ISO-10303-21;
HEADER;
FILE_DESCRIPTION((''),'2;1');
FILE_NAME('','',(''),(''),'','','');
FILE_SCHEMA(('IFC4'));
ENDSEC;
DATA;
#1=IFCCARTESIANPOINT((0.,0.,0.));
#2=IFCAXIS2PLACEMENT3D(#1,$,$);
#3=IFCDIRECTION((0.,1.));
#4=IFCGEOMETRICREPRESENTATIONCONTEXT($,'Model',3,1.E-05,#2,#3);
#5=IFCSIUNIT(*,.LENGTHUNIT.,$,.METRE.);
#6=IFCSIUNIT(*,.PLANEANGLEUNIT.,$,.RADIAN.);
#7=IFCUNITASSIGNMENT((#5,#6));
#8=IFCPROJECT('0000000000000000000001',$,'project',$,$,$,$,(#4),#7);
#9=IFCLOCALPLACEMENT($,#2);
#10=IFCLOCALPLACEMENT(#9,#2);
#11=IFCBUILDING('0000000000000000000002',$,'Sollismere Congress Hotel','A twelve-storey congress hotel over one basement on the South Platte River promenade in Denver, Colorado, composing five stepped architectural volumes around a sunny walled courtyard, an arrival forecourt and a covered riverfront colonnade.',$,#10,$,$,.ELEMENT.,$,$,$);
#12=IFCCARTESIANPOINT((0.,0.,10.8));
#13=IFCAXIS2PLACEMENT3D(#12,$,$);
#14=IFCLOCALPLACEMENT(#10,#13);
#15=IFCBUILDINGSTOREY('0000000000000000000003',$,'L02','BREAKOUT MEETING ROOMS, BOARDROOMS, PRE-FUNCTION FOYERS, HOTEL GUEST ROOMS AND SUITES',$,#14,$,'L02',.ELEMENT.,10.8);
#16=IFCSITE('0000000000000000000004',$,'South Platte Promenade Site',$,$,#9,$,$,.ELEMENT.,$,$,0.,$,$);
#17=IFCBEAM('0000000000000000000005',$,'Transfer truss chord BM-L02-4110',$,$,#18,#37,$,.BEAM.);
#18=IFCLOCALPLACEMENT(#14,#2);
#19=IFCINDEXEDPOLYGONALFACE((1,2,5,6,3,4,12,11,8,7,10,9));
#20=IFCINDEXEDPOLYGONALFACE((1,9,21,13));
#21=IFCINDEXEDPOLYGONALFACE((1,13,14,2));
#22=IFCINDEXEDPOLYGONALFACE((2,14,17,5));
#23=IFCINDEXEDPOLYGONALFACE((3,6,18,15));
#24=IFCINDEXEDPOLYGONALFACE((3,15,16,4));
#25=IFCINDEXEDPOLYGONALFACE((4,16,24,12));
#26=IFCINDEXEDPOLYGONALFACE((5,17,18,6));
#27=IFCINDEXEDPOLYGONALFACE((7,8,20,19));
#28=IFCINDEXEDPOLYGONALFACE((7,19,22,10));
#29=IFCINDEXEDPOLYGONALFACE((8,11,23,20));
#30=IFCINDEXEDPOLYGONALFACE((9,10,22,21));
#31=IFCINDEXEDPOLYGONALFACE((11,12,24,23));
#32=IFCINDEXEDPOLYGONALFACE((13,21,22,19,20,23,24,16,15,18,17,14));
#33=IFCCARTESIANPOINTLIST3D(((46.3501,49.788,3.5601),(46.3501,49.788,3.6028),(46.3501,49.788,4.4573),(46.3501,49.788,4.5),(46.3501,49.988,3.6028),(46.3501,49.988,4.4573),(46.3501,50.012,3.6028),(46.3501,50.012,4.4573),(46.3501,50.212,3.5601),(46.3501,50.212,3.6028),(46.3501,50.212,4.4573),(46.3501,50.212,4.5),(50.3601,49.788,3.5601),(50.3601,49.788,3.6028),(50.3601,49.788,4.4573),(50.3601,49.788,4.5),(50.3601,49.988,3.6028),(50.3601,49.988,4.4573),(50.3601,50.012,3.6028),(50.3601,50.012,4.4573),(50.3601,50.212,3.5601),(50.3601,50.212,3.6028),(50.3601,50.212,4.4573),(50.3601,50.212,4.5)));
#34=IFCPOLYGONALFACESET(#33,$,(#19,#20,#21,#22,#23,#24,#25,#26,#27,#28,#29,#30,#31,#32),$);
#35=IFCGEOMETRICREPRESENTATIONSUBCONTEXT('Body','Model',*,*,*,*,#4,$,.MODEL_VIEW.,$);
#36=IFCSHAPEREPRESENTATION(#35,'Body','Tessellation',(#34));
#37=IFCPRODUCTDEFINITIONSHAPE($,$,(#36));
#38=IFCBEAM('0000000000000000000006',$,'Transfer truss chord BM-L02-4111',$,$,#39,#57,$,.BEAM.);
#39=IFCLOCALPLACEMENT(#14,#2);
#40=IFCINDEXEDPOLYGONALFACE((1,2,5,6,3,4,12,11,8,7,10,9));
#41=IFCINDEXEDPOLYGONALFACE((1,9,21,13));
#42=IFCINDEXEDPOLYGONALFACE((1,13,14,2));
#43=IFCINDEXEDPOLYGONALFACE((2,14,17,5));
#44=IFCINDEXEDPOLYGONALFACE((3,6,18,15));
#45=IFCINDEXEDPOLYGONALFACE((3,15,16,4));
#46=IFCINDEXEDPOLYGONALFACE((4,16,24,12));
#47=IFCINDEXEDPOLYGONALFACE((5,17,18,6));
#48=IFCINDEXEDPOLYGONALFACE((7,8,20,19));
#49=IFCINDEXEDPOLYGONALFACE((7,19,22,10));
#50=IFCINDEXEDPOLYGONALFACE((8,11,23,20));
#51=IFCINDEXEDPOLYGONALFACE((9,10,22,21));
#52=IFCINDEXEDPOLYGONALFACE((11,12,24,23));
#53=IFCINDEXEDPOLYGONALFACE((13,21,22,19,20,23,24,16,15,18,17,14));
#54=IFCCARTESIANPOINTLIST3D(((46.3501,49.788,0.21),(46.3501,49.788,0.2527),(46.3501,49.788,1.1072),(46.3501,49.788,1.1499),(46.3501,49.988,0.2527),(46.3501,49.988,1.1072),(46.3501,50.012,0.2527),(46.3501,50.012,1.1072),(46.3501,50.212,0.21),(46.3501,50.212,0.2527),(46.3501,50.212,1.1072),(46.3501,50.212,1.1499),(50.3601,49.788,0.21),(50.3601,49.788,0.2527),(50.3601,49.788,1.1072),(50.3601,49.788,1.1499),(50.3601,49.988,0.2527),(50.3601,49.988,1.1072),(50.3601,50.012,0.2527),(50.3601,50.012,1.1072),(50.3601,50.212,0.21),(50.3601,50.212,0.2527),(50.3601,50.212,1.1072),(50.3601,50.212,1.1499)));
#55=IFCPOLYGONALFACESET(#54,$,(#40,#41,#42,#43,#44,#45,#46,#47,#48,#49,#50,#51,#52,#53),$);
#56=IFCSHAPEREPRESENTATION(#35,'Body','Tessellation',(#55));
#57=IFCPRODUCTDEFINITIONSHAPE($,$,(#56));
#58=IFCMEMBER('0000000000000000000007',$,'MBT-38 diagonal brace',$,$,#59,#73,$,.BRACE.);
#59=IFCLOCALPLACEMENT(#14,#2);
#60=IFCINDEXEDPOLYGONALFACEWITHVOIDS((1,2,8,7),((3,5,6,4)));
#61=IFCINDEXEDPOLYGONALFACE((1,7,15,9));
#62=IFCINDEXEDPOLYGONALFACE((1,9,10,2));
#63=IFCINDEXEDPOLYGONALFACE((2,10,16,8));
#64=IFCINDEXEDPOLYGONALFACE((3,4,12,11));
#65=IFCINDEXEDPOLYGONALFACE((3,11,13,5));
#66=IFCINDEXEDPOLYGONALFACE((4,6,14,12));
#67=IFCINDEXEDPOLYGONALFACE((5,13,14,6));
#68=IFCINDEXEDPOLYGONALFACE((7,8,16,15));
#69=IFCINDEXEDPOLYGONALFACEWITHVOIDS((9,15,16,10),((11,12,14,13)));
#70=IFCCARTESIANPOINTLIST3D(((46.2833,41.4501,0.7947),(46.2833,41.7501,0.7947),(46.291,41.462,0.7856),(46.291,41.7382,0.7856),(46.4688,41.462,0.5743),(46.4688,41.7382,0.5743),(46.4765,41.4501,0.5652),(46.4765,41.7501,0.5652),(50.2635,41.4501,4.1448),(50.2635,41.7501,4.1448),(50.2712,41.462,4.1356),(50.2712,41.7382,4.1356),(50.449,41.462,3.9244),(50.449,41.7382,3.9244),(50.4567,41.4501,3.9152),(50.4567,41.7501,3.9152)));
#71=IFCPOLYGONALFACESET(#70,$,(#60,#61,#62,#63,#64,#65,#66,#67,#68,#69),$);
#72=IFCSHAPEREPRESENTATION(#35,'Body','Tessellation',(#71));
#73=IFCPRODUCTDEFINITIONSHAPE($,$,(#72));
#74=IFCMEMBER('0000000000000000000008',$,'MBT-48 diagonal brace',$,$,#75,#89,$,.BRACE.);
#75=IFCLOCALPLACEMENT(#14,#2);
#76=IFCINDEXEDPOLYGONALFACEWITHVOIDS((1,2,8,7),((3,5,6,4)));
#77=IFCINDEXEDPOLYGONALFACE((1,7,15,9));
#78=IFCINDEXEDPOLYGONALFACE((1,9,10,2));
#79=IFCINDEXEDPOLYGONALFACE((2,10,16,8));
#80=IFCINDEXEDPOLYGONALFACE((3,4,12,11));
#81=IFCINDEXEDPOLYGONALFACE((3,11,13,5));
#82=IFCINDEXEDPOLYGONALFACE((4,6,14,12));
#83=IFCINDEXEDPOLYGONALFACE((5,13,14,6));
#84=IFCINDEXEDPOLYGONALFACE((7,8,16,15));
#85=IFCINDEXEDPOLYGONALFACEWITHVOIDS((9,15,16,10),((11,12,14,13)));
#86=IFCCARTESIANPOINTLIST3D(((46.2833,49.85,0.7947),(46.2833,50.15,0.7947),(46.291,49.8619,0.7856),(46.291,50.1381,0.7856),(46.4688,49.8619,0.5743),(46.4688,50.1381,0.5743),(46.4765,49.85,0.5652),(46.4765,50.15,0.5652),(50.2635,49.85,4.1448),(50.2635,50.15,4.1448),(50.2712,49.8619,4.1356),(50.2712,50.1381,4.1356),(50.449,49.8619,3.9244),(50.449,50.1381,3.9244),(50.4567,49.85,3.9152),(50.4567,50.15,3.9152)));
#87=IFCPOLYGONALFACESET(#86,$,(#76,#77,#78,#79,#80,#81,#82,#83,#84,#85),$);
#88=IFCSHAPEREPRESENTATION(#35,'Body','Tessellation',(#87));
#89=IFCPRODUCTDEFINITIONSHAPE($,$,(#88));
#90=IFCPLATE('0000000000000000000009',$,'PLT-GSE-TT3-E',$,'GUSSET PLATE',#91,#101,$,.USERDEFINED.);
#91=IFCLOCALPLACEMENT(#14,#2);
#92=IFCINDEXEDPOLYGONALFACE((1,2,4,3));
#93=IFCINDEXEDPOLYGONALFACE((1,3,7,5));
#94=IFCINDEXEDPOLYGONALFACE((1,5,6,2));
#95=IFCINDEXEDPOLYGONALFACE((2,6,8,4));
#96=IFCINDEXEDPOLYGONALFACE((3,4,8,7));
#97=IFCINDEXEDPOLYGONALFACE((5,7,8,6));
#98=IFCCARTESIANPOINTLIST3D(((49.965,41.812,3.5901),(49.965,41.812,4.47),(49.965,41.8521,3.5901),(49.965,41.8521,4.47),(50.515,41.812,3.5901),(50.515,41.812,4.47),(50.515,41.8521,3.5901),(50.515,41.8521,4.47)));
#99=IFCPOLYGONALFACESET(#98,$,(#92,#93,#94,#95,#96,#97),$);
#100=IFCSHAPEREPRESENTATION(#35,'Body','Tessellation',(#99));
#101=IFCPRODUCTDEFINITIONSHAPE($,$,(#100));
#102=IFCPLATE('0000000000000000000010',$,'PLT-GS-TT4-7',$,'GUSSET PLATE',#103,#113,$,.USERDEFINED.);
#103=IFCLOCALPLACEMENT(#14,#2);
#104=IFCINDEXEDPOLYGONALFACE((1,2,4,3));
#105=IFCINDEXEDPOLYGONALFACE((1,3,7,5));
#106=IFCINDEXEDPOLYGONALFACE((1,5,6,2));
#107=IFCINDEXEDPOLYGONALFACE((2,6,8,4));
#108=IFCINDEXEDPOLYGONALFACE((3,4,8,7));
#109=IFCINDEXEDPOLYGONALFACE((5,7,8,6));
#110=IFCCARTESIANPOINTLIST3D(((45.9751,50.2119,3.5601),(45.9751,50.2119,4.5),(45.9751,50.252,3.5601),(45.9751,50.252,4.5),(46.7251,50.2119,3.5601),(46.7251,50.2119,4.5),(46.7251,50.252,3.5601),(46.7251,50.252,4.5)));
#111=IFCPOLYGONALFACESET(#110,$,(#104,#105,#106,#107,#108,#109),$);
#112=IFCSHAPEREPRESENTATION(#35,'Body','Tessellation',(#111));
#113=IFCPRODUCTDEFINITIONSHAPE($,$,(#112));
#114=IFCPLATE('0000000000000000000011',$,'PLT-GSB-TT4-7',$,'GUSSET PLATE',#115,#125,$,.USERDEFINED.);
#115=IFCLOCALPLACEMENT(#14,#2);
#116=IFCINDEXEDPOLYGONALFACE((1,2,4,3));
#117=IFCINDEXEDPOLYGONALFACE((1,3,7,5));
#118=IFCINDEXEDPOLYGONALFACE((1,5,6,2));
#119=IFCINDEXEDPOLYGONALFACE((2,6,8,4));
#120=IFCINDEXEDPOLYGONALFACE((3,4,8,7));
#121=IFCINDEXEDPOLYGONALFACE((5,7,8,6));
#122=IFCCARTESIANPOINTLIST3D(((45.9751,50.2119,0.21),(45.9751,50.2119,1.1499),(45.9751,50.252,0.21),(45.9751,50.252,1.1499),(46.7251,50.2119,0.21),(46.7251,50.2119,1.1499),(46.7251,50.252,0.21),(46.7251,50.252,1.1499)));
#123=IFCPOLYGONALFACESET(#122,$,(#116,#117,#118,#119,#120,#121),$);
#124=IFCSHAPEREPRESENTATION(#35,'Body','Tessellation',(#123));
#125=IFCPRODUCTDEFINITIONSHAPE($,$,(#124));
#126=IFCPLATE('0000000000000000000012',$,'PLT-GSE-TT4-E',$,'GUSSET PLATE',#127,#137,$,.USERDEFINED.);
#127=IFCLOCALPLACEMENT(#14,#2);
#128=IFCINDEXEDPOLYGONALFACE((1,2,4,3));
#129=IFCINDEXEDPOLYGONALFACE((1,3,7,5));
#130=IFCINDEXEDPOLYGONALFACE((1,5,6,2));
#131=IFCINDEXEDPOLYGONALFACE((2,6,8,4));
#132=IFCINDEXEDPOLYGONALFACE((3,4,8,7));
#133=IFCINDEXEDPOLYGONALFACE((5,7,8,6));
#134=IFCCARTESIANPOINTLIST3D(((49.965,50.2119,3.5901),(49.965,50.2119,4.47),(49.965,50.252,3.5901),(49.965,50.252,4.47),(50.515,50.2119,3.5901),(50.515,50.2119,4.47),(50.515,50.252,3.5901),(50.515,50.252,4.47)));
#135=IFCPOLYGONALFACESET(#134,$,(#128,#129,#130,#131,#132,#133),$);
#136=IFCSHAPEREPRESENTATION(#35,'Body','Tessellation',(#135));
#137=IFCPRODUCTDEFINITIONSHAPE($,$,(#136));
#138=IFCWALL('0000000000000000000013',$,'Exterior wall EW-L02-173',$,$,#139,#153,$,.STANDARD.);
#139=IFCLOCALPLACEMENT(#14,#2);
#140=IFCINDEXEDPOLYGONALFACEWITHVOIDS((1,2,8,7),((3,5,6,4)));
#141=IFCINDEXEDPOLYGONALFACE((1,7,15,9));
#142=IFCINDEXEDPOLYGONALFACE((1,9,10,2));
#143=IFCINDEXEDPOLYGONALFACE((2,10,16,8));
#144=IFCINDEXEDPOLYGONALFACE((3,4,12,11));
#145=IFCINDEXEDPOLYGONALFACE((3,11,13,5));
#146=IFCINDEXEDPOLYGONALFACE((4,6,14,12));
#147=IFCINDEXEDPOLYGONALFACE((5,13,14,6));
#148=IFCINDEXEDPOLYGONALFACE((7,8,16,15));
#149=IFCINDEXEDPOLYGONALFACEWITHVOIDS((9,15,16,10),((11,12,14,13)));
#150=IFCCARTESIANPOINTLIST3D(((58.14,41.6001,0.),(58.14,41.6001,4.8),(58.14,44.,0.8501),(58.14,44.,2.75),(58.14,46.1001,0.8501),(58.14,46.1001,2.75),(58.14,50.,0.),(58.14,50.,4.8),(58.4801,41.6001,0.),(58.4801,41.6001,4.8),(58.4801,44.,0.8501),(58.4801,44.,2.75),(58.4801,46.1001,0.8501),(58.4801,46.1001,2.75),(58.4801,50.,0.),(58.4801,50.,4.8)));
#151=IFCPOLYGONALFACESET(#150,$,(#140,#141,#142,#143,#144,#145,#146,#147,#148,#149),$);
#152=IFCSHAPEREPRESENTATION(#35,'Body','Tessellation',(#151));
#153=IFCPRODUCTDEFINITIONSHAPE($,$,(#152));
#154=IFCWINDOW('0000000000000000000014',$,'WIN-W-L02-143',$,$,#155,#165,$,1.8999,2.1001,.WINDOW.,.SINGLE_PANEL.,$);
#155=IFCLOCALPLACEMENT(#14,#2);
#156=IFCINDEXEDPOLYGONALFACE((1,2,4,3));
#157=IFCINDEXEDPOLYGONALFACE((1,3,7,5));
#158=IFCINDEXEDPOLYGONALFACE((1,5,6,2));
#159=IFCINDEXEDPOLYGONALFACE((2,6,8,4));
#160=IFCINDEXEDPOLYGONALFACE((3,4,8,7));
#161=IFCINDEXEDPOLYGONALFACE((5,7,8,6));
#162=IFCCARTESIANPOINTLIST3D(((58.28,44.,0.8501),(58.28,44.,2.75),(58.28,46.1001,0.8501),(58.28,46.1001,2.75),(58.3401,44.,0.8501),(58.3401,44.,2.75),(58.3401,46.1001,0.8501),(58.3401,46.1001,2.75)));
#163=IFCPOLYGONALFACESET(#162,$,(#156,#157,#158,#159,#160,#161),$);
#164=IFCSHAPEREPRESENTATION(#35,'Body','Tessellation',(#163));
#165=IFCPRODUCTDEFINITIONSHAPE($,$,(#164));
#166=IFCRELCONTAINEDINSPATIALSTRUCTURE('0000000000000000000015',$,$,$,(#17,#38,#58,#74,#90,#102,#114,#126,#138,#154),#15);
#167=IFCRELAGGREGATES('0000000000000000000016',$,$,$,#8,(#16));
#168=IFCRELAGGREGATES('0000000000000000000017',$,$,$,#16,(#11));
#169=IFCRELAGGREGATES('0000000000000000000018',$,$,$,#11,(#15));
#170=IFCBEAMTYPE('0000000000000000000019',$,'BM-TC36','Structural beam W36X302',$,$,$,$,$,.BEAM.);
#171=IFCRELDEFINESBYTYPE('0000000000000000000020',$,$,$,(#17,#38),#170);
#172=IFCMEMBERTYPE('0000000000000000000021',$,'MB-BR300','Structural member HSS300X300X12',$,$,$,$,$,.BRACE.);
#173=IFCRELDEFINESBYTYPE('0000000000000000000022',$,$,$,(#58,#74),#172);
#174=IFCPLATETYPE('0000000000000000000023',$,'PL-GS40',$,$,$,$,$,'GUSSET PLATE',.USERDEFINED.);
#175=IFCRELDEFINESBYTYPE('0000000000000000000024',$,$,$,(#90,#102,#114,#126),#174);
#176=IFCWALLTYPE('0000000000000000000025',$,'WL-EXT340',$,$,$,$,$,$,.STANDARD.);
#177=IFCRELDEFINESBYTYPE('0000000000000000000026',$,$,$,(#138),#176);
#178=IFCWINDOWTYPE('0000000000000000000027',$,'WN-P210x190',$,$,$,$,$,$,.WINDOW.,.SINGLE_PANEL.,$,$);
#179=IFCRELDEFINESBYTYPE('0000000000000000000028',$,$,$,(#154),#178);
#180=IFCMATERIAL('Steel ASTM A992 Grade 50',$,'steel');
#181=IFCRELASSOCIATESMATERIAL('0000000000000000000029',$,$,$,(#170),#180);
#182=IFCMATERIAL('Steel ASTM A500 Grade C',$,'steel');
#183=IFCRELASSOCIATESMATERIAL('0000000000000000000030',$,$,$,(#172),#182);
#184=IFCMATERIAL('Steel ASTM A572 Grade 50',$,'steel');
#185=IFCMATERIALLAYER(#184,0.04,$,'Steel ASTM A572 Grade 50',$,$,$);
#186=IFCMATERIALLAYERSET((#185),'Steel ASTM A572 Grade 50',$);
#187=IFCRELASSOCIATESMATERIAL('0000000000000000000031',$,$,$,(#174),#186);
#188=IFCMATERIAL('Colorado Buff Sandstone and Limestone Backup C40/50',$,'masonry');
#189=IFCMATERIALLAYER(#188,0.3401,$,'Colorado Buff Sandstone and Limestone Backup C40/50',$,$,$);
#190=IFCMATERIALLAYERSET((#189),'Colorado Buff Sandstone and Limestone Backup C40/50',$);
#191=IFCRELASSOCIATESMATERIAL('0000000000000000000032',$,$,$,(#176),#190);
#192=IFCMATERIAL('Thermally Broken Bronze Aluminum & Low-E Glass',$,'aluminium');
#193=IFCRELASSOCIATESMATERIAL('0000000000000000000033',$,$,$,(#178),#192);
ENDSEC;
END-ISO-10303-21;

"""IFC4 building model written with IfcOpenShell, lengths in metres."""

from ifc_helpers import new_model, si_unit, direction, frame, frame_2d, origin, origin_2d, place, context, subcontext, project, spatial, rectangle, hollow_rectangle, i_section, extrude, material, layer, layer_set, material_profile, profile_set, type_object, element, fill, save


model = new_model("IFC4")

# Units and contexts
model_context = context("Model", 3, precision=1e-05, world=origin(), true_north=direction((0.0, 1.0)))
body_context = subcontext(model_context, "Body", "Model", "MODEL_VIEW")
ifc_project = project(units=[si_unit("LENGTHUNIT", "METRE"), si_unit("PLANEANGLEUNIT", "RADIAN")], contexts=[model_context])

# Site, building, storey
site_placement = place(None, origin())
site = spatial("IfcSite", under=ifc_project, at=site_placement, Name="South Platte Promenade Site", CompositionType="ELEMENT", RefElevation=0.0)
building_placement = place(site_placement, origin())
building = spatial("IfcBuilding", under=site, at=building_placement, Name="Sollismere Congress Hotel", Description="A twelve-storey congress hotel over one basement on the South Platte River promenade in Denver, Colorado, composing five stepped architectural volumes around a sunny walled courtyard, an arrival forecourt and a covered riverfront colonnade.", CompositionType="ELEMENT")
storey_placement = place(building_placement, frame((0.0, 0.0, 10.8)))
storey = spatial("IfcBuildingStorey", under=building, at=storey_placement, Name="L02", Description="BREAKOUT MEETING ROOMS, BOARDROOMS, PRE-FUNCTION FOYERS, HOTEL GUEST ROOMS AND SUITES", LongName="L02", CompositionType="ELEMENT", Elevation=10.8)

# Shared definitions
ifc_material_1 = material(Name="Steel ASTM A992 Grade 50", Category="steel")

# Beams
ifc_material_profile_1 = material_profile(ifc_material_1, i_section(OverallWidth=0.4241, OverallDepth=0.9399, WebThickness=0.0239, FlangeThickness=0.0427, at=origin_2d()), Name="W36X302")
ifc_profile_set_1 = profile_set([ifc_material_profile_1], Name="Steel ASTM A992 Grade 50")
beam_type_1 = type_object("IfcBeamType", Name="BM-TC36", Description="Structural beam W36X302", PredefinedType="BEAM", material=ifc_profile_set_1)
for number, where, z_axis, x_axis, name in (
    (1, (46.3501, 50.0, 4.03), (1.0, 0.0, 0.0), (0.0, 1.0, 0.0), "Transfer truss chord BM-L02-4110"),
    (2, (46.3501, 50.0, 0.6799), (1.0, 0.0, 0.0), (0.0, 1.0, 0.0), "Transfer truss chord BM-L02-4111"),
):
    element("IfcBeam", number, at=place(storey_placement, frame(where, z_axis=z_axis, x_axis=x_axis)), inside=storey, type_object=beam_type_1, Name=name, PredefinedType="BEAM", context=body_context, shape_type="SweptSolid", body=[
        extrude(i_section(OverallWidth=0.4241, OverallDepth=0.9399, WebThickness=0.0239, FlangeThickness=0.0427, at=origin_2d()), origin(), (0.0, 0.0, 1.0), 4.01),
    ])

# Members
ifc_material_2 = material(Name="Steel ASTM A500 Grade C", Category="steel")
ifc_material_profile_2 = material_profile(ifc_material_2, hollow_rectangle(XDim=0.3, YDim=0.3, WallThickness=0.012, at=origin_2d()), Name="HSS300X300X12")
ifc_profile_set_2 = profile_set([ifc_material_profile_2], Name="Steel ASTM A500 Grade C")
member_type = type_object("IfcMemberType", Name="MB-BR300", Description="Structural member HSS300X300X12", PredefinedType="BRACE", material=ifc_profile_set_2)
for number, where, z_axis, x_axis, name in (
    (3, (46.3799, 41.6001, 0.6799), (0.765069, 0.0, 0.643948), (0.0, 1.0, 0.0), "MBT-38 diagonal brace"),
    (4, (46.3799, 50.0, 0.6799), (0.765069, 0.0, 0.643948), (0.0, 1.0, 0.0), "MBT-48 diagonal brace"),
):
    element("IfcMember", number, at=place(storey_placement, frame(where, z_axis=z_axis, x_axis=x_axis)), inside=storey, type_object=member_type, Name=name, PredefinedType="BRACE", context=body_context, shape_type="SweptSolid", body=[
        extrude(hollow_rectangle(XDim=0.3, YDim=0.3, WallThickness=0.012, at=origin_2d()), origin(), (0.0, 0.0, 1.0), 5.2024),
    ])

# Plates
ifc_material_3 = material(Name="Steel ASTM A572 Grade 50", Category="steel")
ifc_layer_1 = layer(ifc_material_3, 0.04, Name="Steel ASTM A572 Grade 50")
ifc_layer_set_1 = layer_set([ifc_layer_1], Name="Steel ASTM A572 Grade 50")
plate_type = type_object("IfcPlateType", Name="PL-GS40", ElementType="GUSSET PLATE", PredefinedType="USERDEFINED", material=ifc_layer_set_1)
plate_1_placement = place(storey_placement, frame((50.24, 41.832, 3.5901), z_axis=(0.0, 0.0, 1.0), x_axis=(1.0, 0.0, 0.0)))
element("IfcPlate", 5, at=plate_1_placement, inside=storey, type_object=plate_type, Name="PLT-GSE-TT3-E", ObjectType="GUSSET PLATE", PredefinedType="USERDEFINED", context=body_context, shape_type="SweptSolid", body=[
    extrude(rectangle(XDim=0.55, YDim=0.04, at=origin_2d()), origin(), (0.0, 0.0, 1.0), 0.8799),
])
for number, where, z_axis, x_axis, name in (
    (6, (46.3501, 50.2319, 3.5601), (0.0, 0.0, 1.0), (1.0, 0.0, 0.0), "PLT-GS-TT4-7"),
    (7, (46.3501, 50.2319, 0.21), (0.0, 0.0, 1.0), (1.0, 0.0, 0.0), "PLT-GSB-TT4-7"),
):
    element("IfcPlate", number, at=place(storey_placement, frame(where, z_axis=z_axis, x_axis=x_axis)), inside=storey, type_object=plate_type, Name=name, ObjectType="GUSSET PLATE", PredefinedType="USERDEFINED", context=body_context, shape_type="SweptSolid", body=[
        extrude(rectangle(XDim=0.75, YDim=0.04, at=origin_2d()), origin(), (0.0, 0.0, 1.0), 0.9399),
    ])
plate_2_placement = place(storey_placement, frame((50.24, 50.2319, 3.5901), z_axis=(0.0, 0.0, 1.0), x_axis=(1.0, 0.0, 0.0)))
element("IfcPlate", 8, at=plate_2_placement, inside=storey, type_object=plate_type, Name="PLT-GSE-TT4-E", ObjectType="GUSSET PLATE", PredefinedType="USERDEFINED", context=body_context, shape_type="SweptSolid", body=[
    extrude(rectangle(XDim=0.55, YDim=0.04, at=origin_2d()), origin(), (0.0, 0.0, 1.0), 0.8799),
])

# Wall, opening, window
ifc_material_4 = material(Name="Colorado Buff Sandstone and Limestone Backup C40/50", Category="masonry")
ifc_layer_2 = layer(ifc_material_4, 0.3401, Name="Colorado Buff Sandstone and Limestone Backup C40/50")
ifc_layer_set_2 = layer_set([ifc_layer_2], Name="Colorado Buff Sandstone and Limestone Backup C40/50")
wall_type = type_object("IfcWallType", Name="WL-EXT340", PredefinedType="STANDARD", material=ifc_layer_set_2)
wall_1_placement = place(storey_placement, frame((58.3101, 41.6001, 0.0), z_axis=(0.0, 0.0, 1.0), x_axis=(0.0, 1.0, 0.0)))
wall_1 = element("IfcWall", 9, at=wall_1_placement, inside=storey, type_object=wall_type, Name="Exterior wall EW-L02-173", PredefinedType="STANDARD", context=body_context, shape_type="SweptSolid", body=[
    extrude(rectangle(XDim=8.3999, YDim=0.3401, at=frame_2d((4.2, 0.0))), origin(), (0.0, 0.0, 1.0), 4.8),
])
opening_1_placement = place(wall_1_placement, frame((2.3999, 0.0, 0.8501)))
opening_1 = element("IfcOpeningElement", 10, at=opening_1_placement, cuts=wall_1, PredefinedType="OPENING", context=body_context, shape_type="SweptSolid", body=[
    extrude(rectangle(XDim=2.1001, YDim=1.8999, at=frame_2d((1.05, 0.95))), frame((0.0, 0.1799, 0.0), z_axis=(0.0, -1.0, 0.0), x_axis=(1.0, 0.0, 0.0)), (0.0, 0.0, 1.0), 0.3601),
])
ifc_material_5 = material(Name="Thermally Broken Bronze Aluminum & Low-E Glass", Category="aluminium")
window_type = type_object("IfcWindowType", Name="WN-P210x190", PartitioningType="SINGLE_PANEL", PredefinedType="WINDOW", material=ifc_material_5)
window_1_placement = place(opening_1_placement, origin())
window_1 = element("IfcWindow", 11, at=window_1_placement, inside=storey, type_object=window_type, Name="WIN-W-L02-143", OverallHeight=1.8999, OverallWidth=2.1001, PartitioningType="SINGLE_PANEL", PredefinedType="WINDOW", context=body_context, shape_type="SweptSolid", body=[
    extrude(rectangle(XDim=2.1001, YDim=1.8999, at=frame_2d((1.05, 0.95))), frame((0.0, 0.03, 0.0), z_axis=(0.0, -1.0, 0.0), x_axis=(1.0, 0.0, 0.0)), (0.0, 0.0, 1.0), 0.0601),
])
fill(opening_1, window_1)

save(model, "model.ifc")
